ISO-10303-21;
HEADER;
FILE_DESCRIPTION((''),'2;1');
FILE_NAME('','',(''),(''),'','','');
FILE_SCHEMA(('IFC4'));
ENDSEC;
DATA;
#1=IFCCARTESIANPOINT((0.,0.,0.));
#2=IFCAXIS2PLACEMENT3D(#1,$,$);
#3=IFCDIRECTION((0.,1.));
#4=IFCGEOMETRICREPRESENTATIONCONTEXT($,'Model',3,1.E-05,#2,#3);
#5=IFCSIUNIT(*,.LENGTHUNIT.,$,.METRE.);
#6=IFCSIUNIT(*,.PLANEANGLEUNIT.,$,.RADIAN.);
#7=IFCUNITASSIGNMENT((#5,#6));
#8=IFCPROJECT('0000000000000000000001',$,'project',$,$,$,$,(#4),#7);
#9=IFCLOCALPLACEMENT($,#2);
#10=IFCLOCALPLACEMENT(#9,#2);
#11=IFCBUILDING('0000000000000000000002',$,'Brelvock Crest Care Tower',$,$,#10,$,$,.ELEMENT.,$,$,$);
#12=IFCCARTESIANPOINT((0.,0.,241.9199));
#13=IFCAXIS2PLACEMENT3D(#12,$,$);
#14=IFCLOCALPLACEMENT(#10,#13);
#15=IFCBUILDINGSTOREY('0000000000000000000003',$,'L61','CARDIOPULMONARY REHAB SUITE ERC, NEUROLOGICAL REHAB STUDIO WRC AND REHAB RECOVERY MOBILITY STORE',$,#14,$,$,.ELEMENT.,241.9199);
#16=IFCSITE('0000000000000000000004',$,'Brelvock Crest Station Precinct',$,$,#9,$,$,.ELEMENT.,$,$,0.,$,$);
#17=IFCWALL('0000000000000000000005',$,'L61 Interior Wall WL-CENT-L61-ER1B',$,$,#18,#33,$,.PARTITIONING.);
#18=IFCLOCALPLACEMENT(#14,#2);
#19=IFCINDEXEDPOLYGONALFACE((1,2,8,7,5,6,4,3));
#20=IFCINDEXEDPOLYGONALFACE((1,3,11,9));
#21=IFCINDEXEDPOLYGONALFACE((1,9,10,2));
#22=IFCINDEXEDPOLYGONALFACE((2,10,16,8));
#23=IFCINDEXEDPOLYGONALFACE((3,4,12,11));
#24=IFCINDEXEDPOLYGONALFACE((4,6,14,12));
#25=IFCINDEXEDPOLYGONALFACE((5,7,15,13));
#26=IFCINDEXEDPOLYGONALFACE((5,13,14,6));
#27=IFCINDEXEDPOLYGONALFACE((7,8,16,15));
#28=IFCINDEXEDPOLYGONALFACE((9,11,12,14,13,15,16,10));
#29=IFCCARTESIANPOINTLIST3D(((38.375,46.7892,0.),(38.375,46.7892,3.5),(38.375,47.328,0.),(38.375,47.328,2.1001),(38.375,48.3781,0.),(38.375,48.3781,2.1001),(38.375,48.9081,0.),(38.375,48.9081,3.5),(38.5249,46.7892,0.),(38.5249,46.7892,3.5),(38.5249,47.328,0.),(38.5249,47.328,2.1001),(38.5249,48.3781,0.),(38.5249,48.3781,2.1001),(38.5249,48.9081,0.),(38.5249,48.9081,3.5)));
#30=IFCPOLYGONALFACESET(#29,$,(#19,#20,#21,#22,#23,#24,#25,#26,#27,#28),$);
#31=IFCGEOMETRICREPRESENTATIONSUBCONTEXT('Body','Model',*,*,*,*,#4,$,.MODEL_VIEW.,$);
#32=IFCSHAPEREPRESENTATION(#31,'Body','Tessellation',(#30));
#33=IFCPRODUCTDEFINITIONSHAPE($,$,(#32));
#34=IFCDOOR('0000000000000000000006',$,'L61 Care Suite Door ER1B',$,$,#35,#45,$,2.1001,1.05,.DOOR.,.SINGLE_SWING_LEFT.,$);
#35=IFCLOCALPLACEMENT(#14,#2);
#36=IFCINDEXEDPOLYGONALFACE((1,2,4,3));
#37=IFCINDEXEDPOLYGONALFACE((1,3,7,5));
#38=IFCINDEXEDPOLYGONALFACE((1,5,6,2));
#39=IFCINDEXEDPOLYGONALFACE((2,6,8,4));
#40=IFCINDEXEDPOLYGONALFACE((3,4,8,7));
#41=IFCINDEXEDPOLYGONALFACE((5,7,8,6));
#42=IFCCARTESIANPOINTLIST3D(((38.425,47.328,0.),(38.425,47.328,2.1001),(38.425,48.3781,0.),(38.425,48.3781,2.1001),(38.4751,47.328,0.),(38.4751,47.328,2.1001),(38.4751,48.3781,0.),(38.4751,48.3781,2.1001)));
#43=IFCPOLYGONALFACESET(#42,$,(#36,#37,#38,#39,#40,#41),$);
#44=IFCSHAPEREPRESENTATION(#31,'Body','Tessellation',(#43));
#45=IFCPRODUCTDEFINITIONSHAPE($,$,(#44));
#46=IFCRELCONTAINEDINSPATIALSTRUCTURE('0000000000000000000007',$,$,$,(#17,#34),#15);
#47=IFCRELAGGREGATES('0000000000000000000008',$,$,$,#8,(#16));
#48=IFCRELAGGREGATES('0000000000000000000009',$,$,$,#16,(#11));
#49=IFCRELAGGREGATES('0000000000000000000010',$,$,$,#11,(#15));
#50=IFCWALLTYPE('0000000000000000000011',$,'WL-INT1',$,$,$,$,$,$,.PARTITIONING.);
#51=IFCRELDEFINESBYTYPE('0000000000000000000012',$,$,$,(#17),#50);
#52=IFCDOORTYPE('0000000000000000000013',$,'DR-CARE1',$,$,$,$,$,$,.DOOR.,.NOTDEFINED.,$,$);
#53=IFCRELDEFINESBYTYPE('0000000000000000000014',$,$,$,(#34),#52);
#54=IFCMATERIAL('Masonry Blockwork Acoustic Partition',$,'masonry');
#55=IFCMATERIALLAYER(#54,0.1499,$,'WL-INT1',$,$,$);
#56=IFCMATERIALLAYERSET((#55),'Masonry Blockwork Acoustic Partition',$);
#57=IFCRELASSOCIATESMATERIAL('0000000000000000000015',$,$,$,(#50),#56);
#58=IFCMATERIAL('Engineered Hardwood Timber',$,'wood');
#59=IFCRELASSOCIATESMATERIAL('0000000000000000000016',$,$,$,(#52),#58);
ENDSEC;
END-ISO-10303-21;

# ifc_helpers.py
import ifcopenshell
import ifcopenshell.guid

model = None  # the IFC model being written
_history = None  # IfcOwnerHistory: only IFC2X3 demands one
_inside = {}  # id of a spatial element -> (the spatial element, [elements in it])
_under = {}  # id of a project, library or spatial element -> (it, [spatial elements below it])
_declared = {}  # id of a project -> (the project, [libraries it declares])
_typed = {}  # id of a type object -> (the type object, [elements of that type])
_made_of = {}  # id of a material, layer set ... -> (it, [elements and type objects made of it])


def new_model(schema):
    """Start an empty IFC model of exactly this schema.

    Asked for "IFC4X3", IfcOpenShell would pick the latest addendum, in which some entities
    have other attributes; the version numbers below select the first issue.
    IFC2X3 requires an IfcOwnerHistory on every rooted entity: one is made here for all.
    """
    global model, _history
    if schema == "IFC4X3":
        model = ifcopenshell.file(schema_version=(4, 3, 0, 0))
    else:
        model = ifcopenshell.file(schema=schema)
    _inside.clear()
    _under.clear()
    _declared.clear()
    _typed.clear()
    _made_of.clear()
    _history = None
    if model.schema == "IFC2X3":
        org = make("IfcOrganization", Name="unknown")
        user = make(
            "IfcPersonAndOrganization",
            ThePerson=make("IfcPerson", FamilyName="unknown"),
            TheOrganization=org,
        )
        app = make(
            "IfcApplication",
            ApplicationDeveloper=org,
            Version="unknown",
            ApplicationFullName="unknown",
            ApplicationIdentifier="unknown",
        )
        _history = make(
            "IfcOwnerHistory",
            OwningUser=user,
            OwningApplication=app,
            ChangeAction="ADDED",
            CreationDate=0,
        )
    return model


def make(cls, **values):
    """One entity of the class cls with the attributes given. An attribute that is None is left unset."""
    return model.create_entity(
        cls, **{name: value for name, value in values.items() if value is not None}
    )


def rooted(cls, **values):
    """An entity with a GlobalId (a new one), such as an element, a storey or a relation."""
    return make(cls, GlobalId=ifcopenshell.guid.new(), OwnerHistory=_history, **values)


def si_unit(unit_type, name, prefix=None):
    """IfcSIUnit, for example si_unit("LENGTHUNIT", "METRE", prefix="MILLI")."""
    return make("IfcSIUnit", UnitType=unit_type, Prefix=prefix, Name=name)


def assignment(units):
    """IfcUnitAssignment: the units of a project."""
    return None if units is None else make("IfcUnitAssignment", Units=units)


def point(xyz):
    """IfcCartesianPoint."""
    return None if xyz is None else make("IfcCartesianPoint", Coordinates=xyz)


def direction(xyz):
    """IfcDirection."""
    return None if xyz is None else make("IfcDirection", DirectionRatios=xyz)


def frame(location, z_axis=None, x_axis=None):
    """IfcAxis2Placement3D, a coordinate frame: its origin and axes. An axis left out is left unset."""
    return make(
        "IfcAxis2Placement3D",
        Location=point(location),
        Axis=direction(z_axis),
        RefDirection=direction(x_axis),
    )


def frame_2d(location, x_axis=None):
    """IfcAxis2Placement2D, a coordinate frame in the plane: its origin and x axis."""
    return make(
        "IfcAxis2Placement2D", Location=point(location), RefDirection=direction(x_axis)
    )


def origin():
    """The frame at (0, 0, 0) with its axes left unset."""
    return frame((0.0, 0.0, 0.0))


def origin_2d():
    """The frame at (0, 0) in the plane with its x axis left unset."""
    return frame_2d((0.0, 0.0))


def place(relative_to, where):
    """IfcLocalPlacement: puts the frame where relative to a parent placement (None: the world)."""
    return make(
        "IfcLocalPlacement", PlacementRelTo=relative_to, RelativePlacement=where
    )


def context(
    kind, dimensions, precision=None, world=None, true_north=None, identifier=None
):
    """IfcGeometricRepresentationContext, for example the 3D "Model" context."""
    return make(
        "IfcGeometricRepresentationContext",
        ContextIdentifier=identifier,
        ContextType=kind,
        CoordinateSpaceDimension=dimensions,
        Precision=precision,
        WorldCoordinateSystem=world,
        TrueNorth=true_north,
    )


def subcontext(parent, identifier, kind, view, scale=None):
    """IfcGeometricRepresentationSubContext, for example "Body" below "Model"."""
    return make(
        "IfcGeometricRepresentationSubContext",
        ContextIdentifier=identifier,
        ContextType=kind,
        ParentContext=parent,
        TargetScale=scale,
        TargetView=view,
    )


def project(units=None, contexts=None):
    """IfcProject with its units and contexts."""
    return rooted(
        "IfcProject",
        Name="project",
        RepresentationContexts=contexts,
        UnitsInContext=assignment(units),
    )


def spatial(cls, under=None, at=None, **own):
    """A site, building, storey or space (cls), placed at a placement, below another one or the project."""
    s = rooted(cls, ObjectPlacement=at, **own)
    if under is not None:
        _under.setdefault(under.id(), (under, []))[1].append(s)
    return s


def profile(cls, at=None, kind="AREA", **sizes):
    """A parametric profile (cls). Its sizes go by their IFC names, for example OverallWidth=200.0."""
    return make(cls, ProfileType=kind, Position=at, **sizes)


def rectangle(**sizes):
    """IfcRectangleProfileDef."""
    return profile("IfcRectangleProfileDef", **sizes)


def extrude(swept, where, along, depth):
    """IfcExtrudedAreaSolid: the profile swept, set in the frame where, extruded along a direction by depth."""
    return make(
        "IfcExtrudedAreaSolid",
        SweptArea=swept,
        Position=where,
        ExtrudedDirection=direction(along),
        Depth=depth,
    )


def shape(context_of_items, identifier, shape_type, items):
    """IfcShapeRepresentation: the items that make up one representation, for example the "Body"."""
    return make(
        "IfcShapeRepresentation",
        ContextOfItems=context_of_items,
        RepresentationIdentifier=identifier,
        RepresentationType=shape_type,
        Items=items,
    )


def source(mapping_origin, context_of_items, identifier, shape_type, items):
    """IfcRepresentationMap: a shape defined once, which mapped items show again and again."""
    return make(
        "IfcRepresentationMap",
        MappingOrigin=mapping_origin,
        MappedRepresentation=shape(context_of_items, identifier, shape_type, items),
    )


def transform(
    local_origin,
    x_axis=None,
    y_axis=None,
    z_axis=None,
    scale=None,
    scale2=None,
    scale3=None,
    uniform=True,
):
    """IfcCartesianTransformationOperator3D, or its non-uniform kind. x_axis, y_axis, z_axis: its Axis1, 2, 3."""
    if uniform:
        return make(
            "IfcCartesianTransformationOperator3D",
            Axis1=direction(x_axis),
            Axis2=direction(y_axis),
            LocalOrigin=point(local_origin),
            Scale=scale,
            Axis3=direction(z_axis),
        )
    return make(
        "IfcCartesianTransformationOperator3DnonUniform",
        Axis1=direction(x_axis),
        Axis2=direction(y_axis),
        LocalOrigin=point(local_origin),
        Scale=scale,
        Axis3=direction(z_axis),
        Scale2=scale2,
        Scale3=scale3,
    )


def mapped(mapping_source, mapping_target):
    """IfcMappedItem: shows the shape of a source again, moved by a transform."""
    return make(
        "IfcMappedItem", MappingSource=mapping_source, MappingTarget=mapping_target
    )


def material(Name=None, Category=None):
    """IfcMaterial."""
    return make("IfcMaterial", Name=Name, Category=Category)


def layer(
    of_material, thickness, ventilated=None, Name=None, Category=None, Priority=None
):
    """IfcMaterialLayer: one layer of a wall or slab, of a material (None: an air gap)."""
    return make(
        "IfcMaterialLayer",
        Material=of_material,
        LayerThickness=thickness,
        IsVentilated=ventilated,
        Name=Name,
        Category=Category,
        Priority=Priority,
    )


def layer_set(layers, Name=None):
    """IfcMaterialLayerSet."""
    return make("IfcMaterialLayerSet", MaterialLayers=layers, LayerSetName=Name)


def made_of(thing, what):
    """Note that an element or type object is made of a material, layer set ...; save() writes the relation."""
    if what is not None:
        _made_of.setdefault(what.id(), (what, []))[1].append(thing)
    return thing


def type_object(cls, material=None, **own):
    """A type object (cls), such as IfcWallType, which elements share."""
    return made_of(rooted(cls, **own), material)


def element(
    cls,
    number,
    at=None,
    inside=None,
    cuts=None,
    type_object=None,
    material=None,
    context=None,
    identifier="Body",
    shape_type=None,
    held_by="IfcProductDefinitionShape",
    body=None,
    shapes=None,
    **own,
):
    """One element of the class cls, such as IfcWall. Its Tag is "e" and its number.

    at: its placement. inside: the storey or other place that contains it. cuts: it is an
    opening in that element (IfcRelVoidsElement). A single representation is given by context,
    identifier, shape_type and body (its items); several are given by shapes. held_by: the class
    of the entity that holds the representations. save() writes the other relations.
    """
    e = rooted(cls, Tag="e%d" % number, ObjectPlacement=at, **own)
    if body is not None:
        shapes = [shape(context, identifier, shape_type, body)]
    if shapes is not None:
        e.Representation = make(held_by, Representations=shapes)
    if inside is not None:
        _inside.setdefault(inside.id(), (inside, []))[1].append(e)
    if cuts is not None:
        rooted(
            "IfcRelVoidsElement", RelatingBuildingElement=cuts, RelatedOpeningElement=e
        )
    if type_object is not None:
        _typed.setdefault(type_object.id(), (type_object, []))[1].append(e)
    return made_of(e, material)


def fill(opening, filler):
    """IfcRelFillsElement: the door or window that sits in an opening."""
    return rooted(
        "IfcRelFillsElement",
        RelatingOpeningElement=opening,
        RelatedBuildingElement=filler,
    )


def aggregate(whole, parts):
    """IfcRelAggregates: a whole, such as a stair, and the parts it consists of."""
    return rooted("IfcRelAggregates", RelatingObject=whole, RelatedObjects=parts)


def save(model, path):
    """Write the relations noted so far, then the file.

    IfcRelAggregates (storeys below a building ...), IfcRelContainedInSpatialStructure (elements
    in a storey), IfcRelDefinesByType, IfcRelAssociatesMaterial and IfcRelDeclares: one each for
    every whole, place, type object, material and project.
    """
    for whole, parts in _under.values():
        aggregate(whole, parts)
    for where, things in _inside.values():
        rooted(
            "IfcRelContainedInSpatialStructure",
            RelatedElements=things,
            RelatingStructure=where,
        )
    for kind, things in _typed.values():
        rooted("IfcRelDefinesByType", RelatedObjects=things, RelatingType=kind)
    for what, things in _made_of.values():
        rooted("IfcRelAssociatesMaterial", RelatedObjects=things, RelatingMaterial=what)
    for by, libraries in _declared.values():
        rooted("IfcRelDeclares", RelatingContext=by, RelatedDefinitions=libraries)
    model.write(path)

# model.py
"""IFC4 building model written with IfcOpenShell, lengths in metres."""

from ifc_helpers import new_model, si_unit, direction, frame, frame_2d, origin, origin_2d, place, context, subcontext, project, spatial, rectangle, extrude, source, transform, mapped, material, layer, layer_set, type_object, element, fill, save


model = new_model("IFC4")

# Units and contexts
model_context = context("Model", 3, precision=1e-05, world=origin(), true_north=direction((0.0, 1.0)))
body_context = subcontext(model_context, "Body", "Model", "MODEL_VIEW")
ifc_project = project(units=[si_unit("LENGTHUNIT", "METRE"), si_unit("PLANEANGLEUNIT", "RADIAN")], contexts=[model_context])

# Site, building, storey
site_placement = place(None, origin())
site = spatial("IfcSite", under=ifc_project, at=site_placement, Name="Brelvock Crest Station Precinct", CompositionType="ELEMENT", RefElevation=0.0)
building_placement = place(site_placement, origin())
building = spatial("IfcBuilding", under=site, at=building_placement, Name="Brelvock Crest Care Tower", CompositionType="ELEMENT")
storey_placement = place(building_placement, frame((0.0, 0.0, 241.9199)))
storey = spatial("IfcBuildingStorey", under=building, at=storey_placement, Name="L61", Description="CARDIOPULMONARY REHAB SUITE ERC, NEUROLOGICAL REHAB STUDIO WRC AND REHAB RECOVERY MOBILITY STORE", CompositionType="ELEMENT", Elevation=241.9199)

# Shared definitions
ifc_material_1 = material(Name="Masonry Blockwork Acoustic Partition", Category="masonry")
ifc_layer = layer(ifc_material_1, 0.1499, Name="WL-INT1")
ifc_layer_set = layer_set([ifc_layer], Name="Masonry Blockwork Acoustic Partition")
wall_type = type_object("IfcWallType", Name="WL-INT1", PredefinedType="PARTITIONING", material=ifc_layer_set)

# Shared definitions
ifc_material_2 = material(Name="Engineered Hardwood Timber", Category="wood")
door_type_1 = type_object("IfcDoorType", Name="DR-CARE1", OperationType="NOTDEFINED", PredefinedType="DOOR", material=ifc_material_2)
shared_shape_1 = source(origin(), body_context, "Body", "SweptSolid", [
    extrude(rectangle(XDim=1.05, YDim=2.1001, at=origin_2d()), frame((0.5249, 0.0249, 1.05), z_axis=(0.0, -1.0, 0.0), x_axis=(1.0, 0.0, 0.0)), (0.0, 0.0, 1.0), 0.05),
])

# Wall, opening, door
wall_1_placement = place(storey_placement, frame((38.45, 46.7891, 0.0), z_axis=(0.0, 0.0, 1.0), x_axis=(0.0, 1.0, 0.0)))
wall_1 = element("IfcWall", 1, at=wall_1_placement, inside=storey, type_object=wall_type, Name="L61 Interior Wall WL-CENT-L61-ER1B", PredefinedType="PARTITIONING", context=body_context, shape_type="SweptSolid", body=[
    extrude(rectangle(XDim=2.1189, YDim=0.1499, at=frame_2d((1.0596, 0.0))), origin(), (0.0, 0.0, 1.0), 3.5),
])
opening_1_placement = place(wall_1_placement, frame((0.5391, 0.0, 0.0)))
opening_1 = element("IfcOpeningElement", 2, at=opening_1_placement, cuts=wall_1, PredefinedType="OPENING", context=body_context, shape_type="SweptSolid", body=[
    extrude(rectangle(XDim=1.05, YDim=2.1001, at=origin_2d()), frame((0.5249, 0.085, 1.05), z_axis=(0.0, -1.0, 0.0), x_axis=(1.0, 0.0, 0.0)), (0.0, 0.0, 1.0), 0.1699),
])
door_1_placement = place(opening_1_placement, origin())
door_1 = element("IfcDoor", 3, at=door_1_placement, inside=storey, type_object=door_type_1, Name="L61 Care Suite Door ER1B", OperationType="SINGLE_SWING_LEFT", OverallHeight=2.1001, OverallWidth=1.05, PredefinedType="DOOR", context=body_context, shape_type="MappedRepresentation", body=[
    mapped(shared_shape_1, transform((0.0, 0.0, 0.0), x_axis=(1.0, 0.0, 0.0), y_axis=(0.0, 1.0, 0.0), z_axis=(0.0, 0.0, 1.0), scale=1.0)),
])
fill(opening_1, door_1)

save(model, "model.ifc")
